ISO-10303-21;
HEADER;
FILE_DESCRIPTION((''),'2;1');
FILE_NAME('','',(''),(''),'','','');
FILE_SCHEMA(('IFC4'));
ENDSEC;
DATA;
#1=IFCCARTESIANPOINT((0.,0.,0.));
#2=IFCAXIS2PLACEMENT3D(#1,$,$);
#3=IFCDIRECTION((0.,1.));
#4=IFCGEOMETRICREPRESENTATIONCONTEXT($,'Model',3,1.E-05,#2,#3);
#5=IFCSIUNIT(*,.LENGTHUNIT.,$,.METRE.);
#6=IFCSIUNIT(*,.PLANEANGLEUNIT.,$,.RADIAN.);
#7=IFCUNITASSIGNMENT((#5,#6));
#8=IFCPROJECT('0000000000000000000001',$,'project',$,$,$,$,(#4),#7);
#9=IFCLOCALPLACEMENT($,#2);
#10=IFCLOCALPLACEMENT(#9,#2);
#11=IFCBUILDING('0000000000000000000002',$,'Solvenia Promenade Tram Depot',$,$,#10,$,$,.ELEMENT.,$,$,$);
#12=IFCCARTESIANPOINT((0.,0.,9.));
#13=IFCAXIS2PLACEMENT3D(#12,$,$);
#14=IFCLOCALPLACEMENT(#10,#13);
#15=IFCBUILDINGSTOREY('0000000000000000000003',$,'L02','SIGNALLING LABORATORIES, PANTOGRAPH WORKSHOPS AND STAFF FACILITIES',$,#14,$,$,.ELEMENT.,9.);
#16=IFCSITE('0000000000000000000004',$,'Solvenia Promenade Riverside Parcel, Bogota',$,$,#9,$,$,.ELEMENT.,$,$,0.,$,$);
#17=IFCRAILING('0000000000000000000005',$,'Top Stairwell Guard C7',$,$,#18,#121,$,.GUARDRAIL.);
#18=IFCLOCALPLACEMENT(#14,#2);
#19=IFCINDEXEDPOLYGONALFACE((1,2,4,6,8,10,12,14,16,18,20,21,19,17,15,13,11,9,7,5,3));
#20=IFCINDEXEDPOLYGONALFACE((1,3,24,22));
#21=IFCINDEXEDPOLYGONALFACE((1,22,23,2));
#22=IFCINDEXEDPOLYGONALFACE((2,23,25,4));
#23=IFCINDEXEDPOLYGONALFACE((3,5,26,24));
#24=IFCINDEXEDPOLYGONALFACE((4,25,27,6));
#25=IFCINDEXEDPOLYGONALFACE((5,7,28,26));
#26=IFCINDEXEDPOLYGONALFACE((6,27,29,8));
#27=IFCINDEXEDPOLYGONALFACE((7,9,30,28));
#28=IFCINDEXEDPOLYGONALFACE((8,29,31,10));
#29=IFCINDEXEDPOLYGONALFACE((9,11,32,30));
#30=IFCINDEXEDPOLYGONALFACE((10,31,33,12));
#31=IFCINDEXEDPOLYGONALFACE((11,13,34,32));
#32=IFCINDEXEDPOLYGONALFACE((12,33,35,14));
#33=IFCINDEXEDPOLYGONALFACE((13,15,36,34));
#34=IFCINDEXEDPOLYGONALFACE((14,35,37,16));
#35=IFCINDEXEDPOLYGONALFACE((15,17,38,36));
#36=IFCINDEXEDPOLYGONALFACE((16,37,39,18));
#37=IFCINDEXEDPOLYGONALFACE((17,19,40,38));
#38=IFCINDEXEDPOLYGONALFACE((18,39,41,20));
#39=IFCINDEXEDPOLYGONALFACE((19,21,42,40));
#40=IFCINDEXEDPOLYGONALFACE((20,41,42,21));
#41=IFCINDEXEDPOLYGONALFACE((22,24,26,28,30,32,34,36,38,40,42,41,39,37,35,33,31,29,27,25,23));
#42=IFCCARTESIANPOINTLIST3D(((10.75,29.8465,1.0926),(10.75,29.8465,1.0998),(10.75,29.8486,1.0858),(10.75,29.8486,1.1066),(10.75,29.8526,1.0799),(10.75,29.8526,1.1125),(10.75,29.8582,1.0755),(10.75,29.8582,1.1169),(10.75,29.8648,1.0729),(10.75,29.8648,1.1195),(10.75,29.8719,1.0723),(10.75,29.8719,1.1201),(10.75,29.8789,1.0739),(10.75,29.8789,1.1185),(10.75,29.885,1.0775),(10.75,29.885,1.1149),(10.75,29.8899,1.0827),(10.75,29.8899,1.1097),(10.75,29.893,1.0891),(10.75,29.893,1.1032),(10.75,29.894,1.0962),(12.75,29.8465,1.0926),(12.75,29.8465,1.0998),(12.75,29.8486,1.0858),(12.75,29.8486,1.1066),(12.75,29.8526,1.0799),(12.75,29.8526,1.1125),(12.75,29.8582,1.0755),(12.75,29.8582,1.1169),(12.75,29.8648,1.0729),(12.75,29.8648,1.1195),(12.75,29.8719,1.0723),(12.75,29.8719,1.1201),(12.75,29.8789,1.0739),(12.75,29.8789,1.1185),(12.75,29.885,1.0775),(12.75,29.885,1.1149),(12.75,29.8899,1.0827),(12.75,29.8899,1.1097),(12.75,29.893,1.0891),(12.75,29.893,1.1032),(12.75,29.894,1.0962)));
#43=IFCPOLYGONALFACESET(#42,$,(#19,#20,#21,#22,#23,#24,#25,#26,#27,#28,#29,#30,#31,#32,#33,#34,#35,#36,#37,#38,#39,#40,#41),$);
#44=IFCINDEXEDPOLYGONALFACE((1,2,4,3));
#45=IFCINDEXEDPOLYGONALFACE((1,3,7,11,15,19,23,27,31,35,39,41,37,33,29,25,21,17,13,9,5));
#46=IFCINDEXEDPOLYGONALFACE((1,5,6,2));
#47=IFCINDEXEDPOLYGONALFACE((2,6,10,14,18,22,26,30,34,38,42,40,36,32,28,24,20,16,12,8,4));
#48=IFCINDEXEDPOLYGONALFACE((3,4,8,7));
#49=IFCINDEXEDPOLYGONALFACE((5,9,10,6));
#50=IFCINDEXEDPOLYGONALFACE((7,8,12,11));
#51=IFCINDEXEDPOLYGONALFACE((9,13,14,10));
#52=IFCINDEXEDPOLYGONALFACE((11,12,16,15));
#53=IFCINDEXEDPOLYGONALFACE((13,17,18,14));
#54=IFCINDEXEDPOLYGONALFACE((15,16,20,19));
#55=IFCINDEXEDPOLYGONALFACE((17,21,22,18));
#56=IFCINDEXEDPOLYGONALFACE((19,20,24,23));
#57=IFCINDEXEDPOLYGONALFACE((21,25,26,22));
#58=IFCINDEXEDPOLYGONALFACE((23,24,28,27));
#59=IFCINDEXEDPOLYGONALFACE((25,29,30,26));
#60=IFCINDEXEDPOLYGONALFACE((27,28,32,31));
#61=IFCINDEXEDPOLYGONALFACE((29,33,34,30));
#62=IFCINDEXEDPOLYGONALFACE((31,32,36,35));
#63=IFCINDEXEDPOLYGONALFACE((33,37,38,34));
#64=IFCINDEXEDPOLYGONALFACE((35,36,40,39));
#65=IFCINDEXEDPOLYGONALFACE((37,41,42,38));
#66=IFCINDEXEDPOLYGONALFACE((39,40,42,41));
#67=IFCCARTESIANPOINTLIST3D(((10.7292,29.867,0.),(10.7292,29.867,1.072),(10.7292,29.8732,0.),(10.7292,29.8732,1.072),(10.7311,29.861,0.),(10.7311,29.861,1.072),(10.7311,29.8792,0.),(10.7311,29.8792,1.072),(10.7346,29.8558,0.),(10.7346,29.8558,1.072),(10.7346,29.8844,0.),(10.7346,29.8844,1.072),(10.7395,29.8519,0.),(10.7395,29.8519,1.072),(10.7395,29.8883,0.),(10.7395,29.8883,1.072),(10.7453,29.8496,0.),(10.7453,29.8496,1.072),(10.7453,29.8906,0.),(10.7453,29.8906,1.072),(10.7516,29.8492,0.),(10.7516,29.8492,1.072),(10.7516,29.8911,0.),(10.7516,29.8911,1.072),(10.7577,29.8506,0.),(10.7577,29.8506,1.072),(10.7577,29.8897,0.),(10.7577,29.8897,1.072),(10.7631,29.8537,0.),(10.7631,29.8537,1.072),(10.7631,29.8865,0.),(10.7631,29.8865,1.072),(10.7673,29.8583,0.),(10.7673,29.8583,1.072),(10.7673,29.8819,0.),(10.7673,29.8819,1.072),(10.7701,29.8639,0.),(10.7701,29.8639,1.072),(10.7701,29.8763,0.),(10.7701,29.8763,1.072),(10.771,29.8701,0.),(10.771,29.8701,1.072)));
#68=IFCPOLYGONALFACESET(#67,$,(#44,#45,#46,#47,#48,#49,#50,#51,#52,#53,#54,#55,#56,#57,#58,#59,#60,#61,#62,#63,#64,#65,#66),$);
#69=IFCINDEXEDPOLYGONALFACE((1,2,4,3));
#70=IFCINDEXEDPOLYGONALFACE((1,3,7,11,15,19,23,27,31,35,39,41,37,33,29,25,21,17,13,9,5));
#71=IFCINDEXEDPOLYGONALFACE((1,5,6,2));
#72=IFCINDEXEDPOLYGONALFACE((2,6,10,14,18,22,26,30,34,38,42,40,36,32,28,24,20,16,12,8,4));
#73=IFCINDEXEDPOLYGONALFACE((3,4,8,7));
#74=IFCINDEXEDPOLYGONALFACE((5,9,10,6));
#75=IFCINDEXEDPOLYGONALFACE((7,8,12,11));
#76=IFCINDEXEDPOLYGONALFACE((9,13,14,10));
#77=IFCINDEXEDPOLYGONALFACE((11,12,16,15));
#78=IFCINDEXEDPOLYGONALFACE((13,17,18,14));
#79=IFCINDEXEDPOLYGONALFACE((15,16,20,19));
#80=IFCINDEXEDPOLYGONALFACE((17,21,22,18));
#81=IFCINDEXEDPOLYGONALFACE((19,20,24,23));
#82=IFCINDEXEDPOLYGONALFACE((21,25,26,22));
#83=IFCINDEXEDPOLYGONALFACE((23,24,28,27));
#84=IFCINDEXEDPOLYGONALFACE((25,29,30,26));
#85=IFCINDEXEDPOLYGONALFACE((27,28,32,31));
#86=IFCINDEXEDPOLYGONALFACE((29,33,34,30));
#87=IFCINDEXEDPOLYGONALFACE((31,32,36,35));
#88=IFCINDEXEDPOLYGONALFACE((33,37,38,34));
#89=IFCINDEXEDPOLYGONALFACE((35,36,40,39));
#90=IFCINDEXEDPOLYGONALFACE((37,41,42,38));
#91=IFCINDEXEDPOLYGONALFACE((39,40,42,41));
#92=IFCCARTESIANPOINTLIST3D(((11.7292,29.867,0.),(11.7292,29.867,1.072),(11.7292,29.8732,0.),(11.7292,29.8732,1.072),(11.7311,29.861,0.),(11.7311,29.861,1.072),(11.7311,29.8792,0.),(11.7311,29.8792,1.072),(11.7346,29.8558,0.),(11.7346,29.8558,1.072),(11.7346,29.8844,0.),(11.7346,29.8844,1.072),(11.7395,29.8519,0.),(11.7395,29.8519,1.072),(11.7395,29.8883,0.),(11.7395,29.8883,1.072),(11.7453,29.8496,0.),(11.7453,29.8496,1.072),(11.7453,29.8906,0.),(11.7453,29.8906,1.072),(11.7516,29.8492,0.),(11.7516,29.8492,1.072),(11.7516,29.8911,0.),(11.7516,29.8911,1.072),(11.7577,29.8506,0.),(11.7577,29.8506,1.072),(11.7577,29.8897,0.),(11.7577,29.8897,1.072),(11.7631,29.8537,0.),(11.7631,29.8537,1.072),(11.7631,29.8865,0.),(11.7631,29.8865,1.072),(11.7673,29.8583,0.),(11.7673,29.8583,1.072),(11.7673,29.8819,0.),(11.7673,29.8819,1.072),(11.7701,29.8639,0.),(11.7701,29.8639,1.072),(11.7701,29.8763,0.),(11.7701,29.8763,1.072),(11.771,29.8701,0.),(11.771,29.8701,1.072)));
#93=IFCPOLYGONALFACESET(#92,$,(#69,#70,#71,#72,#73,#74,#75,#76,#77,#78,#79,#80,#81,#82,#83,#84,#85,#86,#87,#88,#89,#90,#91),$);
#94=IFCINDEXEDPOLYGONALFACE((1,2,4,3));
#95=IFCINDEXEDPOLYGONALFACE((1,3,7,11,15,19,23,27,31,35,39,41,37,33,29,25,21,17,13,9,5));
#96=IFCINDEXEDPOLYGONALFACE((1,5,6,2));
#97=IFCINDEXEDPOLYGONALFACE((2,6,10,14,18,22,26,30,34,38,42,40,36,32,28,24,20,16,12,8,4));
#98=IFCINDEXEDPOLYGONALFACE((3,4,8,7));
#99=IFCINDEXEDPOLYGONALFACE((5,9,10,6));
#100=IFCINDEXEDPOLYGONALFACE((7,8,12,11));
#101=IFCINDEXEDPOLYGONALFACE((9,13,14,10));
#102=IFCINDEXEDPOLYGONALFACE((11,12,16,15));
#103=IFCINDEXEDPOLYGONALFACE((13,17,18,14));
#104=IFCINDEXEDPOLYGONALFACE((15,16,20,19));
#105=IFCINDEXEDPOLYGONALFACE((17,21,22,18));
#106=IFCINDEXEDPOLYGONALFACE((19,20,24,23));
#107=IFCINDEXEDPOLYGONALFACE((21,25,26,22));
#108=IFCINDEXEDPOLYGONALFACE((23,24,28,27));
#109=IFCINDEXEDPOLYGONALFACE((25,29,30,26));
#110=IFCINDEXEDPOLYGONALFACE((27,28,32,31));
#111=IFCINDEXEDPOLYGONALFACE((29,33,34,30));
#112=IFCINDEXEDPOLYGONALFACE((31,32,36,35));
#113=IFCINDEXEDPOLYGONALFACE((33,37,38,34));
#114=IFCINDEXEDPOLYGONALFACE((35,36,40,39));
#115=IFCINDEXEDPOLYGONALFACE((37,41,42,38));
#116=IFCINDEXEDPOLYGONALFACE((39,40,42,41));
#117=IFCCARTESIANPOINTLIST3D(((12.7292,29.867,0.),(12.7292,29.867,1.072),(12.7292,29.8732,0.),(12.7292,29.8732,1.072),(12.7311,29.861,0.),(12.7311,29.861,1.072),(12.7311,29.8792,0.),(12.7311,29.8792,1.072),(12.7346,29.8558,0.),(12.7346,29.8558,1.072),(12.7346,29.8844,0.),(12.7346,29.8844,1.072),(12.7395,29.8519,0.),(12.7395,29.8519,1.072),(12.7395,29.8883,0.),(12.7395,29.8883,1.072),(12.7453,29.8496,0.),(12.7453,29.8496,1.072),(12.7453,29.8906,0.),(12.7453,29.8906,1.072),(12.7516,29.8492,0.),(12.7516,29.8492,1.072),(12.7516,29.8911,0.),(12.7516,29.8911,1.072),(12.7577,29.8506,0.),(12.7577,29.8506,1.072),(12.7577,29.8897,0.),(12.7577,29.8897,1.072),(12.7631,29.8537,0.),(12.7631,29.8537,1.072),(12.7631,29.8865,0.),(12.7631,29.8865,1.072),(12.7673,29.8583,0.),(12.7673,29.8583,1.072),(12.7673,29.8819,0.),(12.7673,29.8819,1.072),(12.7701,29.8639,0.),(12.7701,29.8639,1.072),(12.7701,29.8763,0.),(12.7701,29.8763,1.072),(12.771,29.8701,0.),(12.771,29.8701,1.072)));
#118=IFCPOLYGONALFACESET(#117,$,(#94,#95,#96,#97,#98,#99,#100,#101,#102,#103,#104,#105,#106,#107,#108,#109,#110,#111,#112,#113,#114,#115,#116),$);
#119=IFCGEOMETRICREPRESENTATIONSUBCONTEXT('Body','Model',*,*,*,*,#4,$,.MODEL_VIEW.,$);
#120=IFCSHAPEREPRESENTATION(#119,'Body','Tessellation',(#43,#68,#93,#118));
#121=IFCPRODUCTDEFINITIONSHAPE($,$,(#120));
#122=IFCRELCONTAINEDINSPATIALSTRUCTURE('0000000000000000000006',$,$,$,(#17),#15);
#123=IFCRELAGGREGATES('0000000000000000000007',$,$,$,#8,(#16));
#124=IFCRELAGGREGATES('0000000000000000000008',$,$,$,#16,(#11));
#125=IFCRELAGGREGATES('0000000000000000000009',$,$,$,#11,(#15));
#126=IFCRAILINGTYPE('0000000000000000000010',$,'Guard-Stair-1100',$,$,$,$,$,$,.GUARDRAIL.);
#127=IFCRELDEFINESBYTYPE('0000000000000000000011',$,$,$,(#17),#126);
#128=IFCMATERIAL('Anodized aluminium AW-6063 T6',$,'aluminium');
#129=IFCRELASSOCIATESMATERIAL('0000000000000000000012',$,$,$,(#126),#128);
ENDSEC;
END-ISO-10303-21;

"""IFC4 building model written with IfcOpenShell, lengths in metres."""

from ifc_helpers import new_model, si_unit, direction, frame, origin, origin_2d, place, context, subcontext, project, spatial, circle, extrude, material, type_object, element, save


model = new_model("IFC4")

# Units and contexts
model_context = context("Model", 3, precision=1e-05, world=origin(), true_north=direction((0.0, 1.0)))
body_context = subcontext(model_context, "Body", "Model", "MODEL_VIEW")
ifc_project = project(units=[si_unit("LENGTHUNIT", "METRE"), si_unit("PLANEANGLEUNIT", "RADIAN")], contexts=[model_context])

# Site, building, storey
site_placement = place(None, origin())
site = spatial("IfcSite", under=ifc_project, at=site_placement, Name="Solvenia Promenade Riverside Parcel, Bogota", CompositionType="ELEMENT", RefElevation=0.0)
building_placement = place(site_placement, origin())
building = spatial("IfcBuilding", under=site, at=building_placement, Name="Solvenia Promenade Tram Depot", CompositionType="ELEMENT")
storey_placement = place(building_placement, frame((0.0, 0.0, 9.0)))
storey = spatial("IfcBuildingStorey", under=building, at=storey_placement, Name="L02", Description="SIGNALLING LABORATORIES, PANTOGRAPH WORKSHOPS AND STAFF FACILITIES", CompositionType="ELEMENT", Elevation=9.0)

# Shared definitions
ifc_material_1 = material(Name="Anodized aluminium AW-6063 T6", Category="aluminium")

# Railing
railing_type = type_object("IfcRailingType", Name="Guard-Stair-1100", PredefinedType="GUARDRAIL", material=ifc_material_1)
railing_placement = place(storey_placement, frame((10.75, 29.8701, 0.0)))
element("IfcRailing", 1, at=railing_placement, inside=storey, type_object=railing_type, Name="Top Stairwell Guard C7", PredefinedType="GUARDRAIL", context=body_context, shape_type="SweptSolid", body=[
    extrude(circle(Radius=0.0239, at=origin_2d()), frame((0.0, 0.0, 1.0962), z_axis=(1.0, 0.0, 0.0), x_axis=(0.0, 1.0, 0.0)), (0.0, 0.0, 1.0), 2.0),
    extrude(circle(Radius=0.021, at=origin_2d()), origin(), (0.0, 0.0, 1.0), 1.072),
    extrude(circle(Radius=0.021, at=origin_2d()), frame((1.0, 0.0, 0.0)), (0.0, 0.0, 1.0), 1.072),
    extrude(circle(Radius=0.021, at=origin_2d()), frame((2.0, 0.0, 0.0)), (0.0, 0.0, 1.0), 1.072),
])

save(model, "model.ifc")
